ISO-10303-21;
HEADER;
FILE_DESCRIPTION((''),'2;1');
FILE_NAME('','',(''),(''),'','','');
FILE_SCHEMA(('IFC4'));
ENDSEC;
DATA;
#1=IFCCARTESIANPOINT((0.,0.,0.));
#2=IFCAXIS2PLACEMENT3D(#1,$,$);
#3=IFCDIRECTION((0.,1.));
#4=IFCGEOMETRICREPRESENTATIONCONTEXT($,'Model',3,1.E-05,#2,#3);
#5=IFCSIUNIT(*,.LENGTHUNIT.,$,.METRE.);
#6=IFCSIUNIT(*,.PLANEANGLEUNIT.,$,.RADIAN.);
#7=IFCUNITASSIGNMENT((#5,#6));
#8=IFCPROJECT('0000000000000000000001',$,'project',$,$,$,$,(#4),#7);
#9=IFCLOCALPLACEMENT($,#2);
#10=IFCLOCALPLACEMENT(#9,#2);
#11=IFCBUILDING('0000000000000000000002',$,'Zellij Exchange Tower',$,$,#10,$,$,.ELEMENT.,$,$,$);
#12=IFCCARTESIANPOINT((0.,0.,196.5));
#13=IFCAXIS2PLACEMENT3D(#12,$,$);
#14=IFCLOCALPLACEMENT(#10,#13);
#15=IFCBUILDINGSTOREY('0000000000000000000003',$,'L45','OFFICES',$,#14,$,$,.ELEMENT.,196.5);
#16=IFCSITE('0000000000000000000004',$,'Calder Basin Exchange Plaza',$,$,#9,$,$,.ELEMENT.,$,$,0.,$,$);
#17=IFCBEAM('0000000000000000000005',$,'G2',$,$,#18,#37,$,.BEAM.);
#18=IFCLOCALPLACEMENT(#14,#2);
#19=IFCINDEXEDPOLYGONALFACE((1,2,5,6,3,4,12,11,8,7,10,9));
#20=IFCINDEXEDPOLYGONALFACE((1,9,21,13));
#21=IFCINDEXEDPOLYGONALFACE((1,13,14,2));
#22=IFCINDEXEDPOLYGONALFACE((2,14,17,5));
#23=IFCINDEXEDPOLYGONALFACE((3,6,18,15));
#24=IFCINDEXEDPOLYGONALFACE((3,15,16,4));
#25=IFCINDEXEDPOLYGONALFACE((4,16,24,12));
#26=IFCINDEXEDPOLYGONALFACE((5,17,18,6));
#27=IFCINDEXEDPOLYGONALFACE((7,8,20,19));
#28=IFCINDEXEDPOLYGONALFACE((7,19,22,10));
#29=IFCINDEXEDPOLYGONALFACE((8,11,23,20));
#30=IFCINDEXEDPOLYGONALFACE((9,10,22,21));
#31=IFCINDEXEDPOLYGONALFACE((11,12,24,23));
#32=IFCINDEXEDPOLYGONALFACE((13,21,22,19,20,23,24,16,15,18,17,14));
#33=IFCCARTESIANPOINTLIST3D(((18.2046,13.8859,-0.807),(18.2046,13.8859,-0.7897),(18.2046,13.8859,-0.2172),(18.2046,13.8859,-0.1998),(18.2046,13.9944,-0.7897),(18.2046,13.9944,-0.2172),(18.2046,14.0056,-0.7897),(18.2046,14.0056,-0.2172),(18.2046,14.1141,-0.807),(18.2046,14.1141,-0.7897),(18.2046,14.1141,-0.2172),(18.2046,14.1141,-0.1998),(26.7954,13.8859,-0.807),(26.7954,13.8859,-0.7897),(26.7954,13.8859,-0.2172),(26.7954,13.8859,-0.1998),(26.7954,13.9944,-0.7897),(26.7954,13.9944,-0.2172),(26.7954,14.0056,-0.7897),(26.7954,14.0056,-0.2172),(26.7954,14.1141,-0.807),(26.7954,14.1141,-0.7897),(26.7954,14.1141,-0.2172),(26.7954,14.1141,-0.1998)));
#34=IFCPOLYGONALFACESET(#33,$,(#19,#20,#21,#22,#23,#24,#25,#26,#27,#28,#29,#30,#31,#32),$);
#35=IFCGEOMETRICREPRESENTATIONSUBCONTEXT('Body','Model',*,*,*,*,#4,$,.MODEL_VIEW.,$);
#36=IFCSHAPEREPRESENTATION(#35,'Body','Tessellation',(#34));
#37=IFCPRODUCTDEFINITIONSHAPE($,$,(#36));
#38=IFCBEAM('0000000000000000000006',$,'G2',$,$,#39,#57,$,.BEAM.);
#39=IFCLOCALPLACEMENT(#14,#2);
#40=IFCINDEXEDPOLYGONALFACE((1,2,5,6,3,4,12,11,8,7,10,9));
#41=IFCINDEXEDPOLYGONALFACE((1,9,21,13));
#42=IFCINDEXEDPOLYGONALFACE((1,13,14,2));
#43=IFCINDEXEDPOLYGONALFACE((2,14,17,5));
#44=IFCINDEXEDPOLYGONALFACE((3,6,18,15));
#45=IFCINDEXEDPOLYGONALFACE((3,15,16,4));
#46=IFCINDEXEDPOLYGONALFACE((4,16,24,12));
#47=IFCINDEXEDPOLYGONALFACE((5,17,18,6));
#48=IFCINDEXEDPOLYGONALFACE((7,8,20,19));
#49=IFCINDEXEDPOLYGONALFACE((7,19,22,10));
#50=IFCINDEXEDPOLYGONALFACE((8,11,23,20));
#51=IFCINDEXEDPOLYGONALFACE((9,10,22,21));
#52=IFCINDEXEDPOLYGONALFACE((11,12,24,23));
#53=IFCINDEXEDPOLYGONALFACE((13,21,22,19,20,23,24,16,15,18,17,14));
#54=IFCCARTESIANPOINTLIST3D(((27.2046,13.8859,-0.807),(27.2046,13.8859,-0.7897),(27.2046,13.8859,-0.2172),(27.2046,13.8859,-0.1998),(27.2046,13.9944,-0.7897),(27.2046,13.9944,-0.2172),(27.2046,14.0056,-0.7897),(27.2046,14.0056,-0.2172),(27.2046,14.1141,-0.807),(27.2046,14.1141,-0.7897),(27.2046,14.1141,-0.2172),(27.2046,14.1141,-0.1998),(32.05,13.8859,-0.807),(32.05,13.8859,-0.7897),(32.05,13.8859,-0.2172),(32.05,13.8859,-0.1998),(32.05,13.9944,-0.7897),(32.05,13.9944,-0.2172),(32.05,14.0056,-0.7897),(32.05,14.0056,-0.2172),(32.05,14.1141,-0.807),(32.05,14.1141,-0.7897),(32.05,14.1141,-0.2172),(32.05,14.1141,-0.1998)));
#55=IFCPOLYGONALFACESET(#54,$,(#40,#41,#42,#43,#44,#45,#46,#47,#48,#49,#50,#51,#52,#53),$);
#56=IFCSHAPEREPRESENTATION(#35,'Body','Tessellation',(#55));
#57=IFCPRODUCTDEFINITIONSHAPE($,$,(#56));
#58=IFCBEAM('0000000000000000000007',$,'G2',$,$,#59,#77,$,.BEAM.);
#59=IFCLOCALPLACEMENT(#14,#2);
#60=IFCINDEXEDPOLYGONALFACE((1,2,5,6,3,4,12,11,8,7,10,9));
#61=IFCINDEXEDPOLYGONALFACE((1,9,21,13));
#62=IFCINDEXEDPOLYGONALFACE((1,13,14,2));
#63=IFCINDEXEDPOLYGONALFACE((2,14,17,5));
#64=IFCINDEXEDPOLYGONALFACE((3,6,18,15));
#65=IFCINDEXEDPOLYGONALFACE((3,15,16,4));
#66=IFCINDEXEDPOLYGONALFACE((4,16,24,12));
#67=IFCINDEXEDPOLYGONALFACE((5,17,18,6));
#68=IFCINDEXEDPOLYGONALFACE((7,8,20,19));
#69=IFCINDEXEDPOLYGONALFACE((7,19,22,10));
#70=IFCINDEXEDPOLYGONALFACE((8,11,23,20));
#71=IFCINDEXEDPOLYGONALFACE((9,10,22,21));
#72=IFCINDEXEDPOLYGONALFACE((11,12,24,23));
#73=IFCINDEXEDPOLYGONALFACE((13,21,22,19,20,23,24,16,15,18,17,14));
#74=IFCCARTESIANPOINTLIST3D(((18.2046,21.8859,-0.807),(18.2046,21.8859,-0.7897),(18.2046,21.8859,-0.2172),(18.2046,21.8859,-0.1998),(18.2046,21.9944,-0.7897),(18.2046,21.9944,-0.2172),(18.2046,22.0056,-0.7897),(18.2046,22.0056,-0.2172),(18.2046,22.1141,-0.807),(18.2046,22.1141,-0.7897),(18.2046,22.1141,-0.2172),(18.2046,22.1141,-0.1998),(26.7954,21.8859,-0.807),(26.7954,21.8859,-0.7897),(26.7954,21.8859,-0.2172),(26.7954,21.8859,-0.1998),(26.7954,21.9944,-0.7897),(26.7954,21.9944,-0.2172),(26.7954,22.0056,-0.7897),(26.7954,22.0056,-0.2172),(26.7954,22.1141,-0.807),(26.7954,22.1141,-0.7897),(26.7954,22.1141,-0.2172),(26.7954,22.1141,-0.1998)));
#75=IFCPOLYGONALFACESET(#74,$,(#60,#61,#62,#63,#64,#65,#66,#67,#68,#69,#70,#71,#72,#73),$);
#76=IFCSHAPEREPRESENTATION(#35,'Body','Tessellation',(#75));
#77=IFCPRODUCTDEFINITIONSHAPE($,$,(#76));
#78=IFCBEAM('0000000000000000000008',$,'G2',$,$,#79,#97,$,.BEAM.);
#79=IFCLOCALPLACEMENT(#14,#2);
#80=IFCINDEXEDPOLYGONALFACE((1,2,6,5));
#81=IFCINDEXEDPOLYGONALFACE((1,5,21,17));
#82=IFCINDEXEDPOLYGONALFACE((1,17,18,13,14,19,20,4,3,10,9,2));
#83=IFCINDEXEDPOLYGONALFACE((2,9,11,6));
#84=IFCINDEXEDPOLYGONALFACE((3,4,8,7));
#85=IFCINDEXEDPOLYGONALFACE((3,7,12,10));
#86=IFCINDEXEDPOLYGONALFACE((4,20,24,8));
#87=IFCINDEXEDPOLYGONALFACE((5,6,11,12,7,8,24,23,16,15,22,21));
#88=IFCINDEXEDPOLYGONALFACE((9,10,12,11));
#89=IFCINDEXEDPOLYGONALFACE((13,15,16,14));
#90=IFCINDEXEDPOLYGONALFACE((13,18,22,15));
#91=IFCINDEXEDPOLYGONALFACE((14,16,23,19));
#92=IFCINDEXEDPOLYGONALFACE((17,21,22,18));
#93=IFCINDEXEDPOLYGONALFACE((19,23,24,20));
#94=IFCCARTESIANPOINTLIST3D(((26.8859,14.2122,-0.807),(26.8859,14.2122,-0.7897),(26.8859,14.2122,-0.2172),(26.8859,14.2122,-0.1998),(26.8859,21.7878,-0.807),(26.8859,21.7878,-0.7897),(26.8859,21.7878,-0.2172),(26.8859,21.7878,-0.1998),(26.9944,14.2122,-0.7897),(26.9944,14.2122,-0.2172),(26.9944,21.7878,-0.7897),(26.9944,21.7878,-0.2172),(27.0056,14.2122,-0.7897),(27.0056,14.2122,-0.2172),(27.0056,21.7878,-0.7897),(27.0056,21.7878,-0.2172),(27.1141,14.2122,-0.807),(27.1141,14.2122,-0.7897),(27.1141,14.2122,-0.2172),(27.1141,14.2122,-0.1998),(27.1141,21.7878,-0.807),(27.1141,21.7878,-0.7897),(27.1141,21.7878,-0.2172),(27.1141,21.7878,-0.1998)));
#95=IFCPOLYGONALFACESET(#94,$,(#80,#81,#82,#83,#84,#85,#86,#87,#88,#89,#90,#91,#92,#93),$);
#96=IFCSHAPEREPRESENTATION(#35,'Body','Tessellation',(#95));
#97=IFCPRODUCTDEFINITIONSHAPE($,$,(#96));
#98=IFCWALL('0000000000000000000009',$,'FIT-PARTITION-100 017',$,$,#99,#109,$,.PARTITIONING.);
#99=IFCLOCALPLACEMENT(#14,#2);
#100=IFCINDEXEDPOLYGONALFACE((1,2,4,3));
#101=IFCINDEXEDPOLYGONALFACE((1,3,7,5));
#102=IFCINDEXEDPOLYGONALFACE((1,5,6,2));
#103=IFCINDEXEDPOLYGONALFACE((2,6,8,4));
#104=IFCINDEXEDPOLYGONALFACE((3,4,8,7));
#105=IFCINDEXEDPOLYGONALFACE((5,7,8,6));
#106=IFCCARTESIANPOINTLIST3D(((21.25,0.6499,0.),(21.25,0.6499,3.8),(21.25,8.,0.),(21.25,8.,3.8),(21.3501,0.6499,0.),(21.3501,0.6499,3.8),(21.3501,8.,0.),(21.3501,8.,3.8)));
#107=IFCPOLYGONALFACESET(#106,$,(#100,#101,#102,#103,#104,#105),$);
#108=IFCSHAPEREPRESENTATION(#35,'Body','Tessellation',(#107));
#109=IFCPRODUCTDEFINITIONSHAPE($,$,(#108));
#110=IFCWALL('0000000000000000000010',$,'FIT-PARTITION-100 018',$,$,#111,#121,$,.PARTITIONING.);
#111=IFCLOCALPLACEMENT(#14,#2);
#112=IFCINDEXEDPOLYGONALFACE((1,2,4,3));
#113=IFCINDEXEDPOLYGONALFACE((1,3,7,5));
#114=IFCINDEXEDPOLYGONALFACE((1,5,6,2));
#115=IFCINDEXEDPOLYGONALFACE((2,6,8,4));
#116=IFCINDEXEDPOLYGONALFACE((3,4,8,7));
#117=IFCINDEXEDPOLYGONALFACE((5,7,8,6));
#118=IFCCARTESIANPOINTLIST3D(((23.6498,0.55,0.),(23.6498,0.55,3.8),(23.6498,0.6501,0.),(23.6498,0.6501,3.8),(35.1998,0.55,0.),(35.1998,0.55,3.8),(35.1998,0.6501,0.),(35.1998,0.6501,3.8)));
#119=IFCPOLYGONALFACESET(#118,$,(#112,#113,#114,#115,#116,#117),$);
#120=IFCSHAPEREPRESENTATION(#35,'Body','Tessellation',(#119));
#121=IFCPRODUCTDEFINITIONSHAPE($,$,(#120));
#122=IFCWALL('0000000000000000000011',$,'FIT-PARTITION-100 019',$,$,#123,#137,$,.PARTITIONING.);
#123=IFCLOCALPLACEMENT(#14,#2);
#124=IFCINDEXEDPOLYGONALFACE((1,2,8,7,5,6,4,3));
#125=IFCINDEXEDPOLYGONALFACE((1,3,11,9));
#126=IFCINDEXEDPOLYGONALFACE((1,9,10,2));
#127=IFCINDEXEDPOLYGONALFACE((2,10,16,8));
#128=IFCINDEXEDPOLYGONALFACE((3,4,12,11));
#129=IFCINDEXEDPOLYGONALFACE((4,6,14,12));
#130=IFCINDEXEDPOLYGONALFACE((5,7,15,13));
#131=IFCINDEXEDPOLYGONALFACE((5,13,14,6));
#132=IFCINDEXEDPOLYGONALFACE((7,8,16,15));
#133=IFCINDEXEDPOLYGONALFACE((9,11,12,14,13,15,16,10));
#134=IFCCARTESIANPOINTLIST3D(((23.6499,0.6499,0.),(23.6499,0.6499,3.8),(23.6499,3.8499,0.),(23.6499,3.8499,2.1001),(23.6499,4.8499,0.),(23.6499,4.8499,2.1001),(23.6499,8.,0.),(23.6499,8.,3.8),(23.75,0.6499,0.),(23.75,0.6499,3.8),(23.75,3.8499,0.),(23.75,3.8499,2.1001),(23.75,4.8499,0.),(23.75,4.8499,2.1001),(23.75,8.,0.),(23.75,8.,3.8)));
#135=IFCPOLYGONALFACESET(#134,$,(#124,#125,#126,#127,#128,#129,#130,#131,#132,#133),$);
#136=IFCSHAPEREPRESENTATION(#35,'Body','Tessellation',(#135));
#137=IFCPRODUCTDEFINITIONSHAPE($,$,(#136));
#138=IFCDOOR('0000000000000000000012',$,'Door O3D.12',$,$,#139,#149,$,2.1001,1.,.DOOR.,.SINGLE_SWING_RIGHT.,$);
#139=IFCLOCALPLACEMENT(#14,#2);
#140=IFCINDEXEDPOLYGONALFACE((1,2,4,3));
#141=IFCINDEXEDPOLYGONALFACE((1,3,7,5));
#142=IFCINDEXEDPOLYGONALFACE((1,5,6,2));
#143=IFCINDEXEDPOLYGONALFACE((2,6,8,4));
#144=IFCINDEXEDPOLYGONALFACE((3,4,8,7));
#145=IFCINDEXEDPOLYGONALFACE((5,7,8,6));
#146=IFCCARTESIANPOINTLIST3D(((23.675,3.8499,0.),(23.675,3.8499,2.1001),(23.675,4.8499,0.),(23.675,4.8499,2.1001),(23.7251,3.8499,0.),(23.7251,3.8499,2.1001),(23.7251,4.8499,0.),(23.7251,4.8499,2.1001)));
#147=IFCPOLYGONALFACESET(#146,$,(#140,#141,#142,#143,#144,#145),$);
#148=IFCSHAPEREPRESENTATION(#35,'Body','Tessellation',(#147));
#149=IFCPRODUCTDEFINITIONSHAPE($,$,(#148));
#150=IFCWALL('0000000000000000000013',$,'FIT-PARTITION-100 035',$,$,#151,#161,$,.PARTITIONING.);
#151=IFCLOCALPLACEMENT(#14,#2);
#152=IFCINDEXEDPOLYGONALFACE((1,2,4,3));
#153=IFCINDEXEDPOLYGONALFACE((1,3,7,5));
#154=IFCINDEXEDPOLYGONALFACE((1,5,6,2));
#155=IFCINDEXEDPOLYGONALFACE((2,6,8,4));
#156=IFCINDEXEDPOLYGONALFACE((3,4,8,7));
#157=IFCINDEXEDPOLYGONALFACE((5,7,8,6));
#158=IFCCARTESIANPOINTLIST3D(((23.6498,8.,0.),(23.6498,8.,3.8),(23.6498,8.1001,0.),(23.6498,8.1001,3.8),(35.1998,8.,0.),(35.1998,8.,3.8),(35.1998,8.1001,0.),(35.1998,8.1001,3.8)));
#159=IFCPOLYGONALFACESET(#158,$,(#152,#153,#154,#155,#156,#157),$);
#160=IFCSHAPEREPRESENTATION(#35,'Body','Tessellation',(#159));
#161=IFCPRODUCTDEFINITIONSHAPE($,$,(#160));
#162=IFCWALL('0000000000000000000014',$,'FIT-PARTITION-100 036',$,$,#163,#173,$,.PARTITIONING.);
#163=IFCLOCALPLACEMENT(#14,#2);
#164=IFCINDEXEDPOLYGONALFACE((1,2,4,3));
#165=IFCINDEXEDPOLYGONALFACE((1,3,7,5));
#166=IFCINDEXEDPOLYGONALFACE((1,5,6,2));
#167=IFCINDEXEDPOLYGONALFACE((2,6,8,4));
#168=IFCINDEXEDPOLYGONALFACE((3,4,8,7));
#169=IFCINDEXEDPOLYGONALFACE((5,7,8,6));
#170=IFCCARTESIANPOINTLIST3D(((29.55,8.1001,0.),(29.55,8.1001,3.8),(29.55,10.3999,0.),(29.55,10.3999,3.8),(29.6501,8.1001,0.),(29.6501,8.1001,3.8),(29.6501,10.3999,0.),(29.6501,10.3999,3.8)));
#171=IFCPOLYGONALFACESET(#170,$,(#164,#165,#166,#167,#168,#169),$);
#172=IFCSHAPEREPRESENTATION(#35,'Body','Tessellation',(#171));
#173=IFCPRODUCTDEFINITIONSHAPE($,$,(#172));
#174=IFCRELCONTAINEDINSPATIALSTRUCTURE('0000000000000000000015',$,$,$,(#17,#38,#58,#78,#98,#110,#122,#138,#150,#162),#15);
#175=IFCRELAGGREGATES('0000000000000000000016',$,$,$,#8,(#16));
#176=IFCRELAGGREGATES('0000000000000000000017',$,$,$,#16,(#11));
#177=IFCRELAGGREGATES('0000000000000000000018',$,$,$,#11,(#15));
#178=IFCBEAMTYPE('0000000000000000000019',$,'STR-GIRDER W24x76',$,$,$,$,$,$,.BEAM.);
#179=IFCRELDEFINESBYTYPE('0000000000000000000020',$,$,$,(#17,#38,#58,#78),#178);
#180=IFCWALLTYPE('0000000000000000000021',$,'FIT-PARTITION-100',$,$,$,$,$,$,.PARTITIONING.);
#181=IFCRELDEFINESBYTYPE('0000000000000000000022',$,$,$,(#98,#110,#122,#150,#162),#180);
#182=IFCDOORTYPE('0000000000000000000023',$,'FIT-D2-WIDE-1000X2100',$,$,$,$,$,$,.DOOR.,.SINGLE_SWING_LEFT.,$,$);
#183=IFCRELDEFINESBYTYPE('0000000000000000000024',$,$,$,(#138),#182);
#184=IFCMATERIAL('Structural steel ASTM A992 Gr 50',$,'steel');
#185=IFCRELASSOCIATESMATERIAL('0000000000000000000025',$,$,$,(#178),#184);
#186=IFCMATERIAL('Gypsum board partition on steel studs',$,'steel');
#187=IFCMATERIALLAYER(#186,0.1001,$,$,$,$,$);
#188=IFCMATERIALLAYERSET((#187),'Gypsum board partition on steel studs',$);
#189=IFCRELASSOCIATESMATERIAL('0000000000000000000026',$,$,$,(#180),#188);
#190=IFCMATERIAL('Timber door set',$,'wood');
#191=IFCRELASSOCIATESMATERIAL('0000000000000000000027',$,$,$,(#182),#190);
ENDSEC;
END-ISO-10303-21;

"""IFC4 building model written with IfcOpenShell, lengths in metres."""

from ifc_helpers import new_model, si_unit, direction, frame, frame_2d, origin, origin_2d, place, context, subcontext, project, spatial, rectangle, i_section, extrude, material, layer, layer_set, material_profile, profile_set, type_object, element, fill, save


model = new_model("IFC4")

# Units and contexts
model_context = context("Model", 3, precision=1e-05, world=origin(), true_north=direction((0.0, 1.0)))
body_context = subcontext(model_context, "Body", "Model", "MODEL_VIEW")
ifc_project = project(units=[si_unit("LENGTHUNIT", "METRE"), si_unit("PLANEANGLEUNIT", "RADIAN")], contexts=[model_context])

# Site, building, storey
site_placement = place(None, origin())
site = spatial("IfcSite", under=ifc_project, at=site_placement, Name="Calder Basin Exchange Plaza", CompositionType="ELEMENT", RefElevation=0.0)
building_placement = place(site_placement, origin())
building = spatial("IfcBuilding", under=site, at=building_placement, Name="Zellij Exchange Tower", CompositionType="ELEMENT")
storey_placement = place(building_placement, frame((0.0, 0.0, 196.5)))
storey = spatial("IfcBuildingStorey", under=building, at=storey_placement, Name="L45", Description="OFFICES", CompositionType="ELEMENT", Elevation=196.5)

# Beams
ifc_material_1 = material(Name="Structural steel ASTM A992 Gr 50", Category="steel")
ifc_material_profile_1 = material_profile(ifc_material_1, i_section(OverallWidth=0.2283, OverallDepth=0.6072, WebThickness=0.0112, FlangeThickness=0.0173, at=origin_2d()), Name="W24x76")
ifc_profile_set_1 = profile_set([ifc_material_profile_1], Name="Structural steel ASTM A992 Gr 50")
beam_type_1 = type_object("IfcBeamType", Name="STR-GIRDER W24x76", PredefinedType="BEAM", material=ifc_profile_set_1)
beam_1_placement = place(storey_placement, frame((18.2046, 14.0, -0.5034), z_axis=(1.0, 0.0, 0.0), x_axis=(0.0, 1.0, 0.0)))
element("IfcBeam", 1, at=beam_1_placement, inside=storey, type_object=beam_type_1, Name="G2", PredefinedType="BEAM", context=body_context, shape_type="SweptSolid", body=[
    extrude(i_section(OverallWidth=0.2283, OverallDepth=0.6072, WebThickness=0.0112, FlangeThickness=0.0173, at=origin_2d()), origin(), (0.0, 0.0, 1.0), 8.5908),
])
beam_2_placement = place(storey_placement, frame((27.2046, 14.0, -0.5034), z_axis=(1.0, 0.0, 0.0), x_axis=(0.0, 1.0, 0.0)))
element("IfcBeam", 2, at=beam_2_placement, inside=storey, type_object=beam_type_1, Name="G2", PredefinedType="BEAM", context=body_context, shape_type="SweptSolid", body=[
    extrude(i_section(OverallWidth=0.2283, OverallDepth=0.6072, WebThickness=0.0112, FlangeThickness=0.0173, at=origin_2d()), origin(), (0.0, 0.0, 1.0), 4.8455),
])
beam_3_placement = place(storey_placement, frame((18.2046, 22.0, -0.5034), z_axis=(1.0, 0.0, 0.0), x_axis=(0.0, 1.0, 0.0)))
element("IfcBeam", 3, at=beam_3_placement, inside=storey, type_object=beam_type_1, Name="G2", PredefinedType="BEAM", context=body_context, shape_type="SweptSolid", body=[
    extrude(i_section(OverallWidth=0.2283, OverallDepth=0.6072, WebThickness=0.0112, FlangeThickness=0.0173, at=origin_2d()), origin(), (0.0, 0.0, 1.0), 8.5908),
])
beam_4_placement = place(storey_placement, frame((27.0, 14.2122, -0.5034), z_axis=(0.0, 1.0, 0.0), x_axis=(-1.0, 0.0, 0.0)))
element("IfcBeam", 4, at=beam_4_placement, inside=storey, type_object=beam_type_1, Name="G2", PredefinedType="BEAM", context=body_context, shape_type="SweptSolid", body=[
    extrude(i_section(OverallWidth=0.2283, OverallDepth=0.6072, WebThickness=0.0112, FlangeThickness=0.0173, at=origin_2d()), origin(), (0.0, 0.0, 1.0), 7.5757),
])

# Walls
ifc_material_2 = material(Name="Gypsum board partition on steel studs", Category="steel")
ifc_layer_1 = layer(ifc_material_2, 0.1001)
ifc_layer_set_1 = layer_set([ifc_layer_1], Name="Gypsum board partition on steel studs")
wall_type = type_object("IfcWallType", Name="FIT-PARTITION-100", PredefinedType="PARTITIONING", material=ifc_layer_set_1)
wall_1_placement = place(storey_placement, frame((21.3, 0.6499, 0.0), z_axis=(0.0, 0.0, 1.0), x_axis=(0.0, 1.0, 0.0)))
element("IfcWall", 5, at=wall_1_placement, inside=storey, type_object=wall_type, Name="FIT-PARTITION-100 017", PredefinedType="PARTITIONING", context=body_context, shape_type="SweptSolid", body=[
    extrude(rectangle(XDim=7.3501, YDim=0.1001, at=frame_2d((3.675, 0.0))), origin(), (0.0, 0.0, 1.0), 3.8),
])
wall_2_placement = place(storey_placement, frame((23.6499, 0.6001, 0.0), z_axis=(0.0, 0.0, 1.0), x_axis=(1.0, 0.0, 0.0)))
element("IfcWall", 6, at=wall_2_placement, inside=storey, type_object=wall_type, Name="FIT-PARTITION-100 018", PredefinedType="PARTITIONING", context=body_context, shape_type="SweptSolid", body=[
    extrude(rectangle(XDim=11.55, YDim=0.1001, at=frame_2d((5.7749, 0.0))), origin(), (0.0, 0.0, 1.0), 3.8),
])

# Wall, opening, door
wall_3_placement = place(storey_placement, frame((23.7, 0.6499, 0.0), z_axis=(0.0, 0.0, 1.0), x_axis=(0.0, 1.0, 0.0)))
wall_3 = element("IfcWall", 7, at=wall_3_placement, inside=storey, type_object=wall_type, Name="FIT-PARTITION-100 019", PredefinedType="PARTITIONING", context=body_context, shape_type="SweptSolid", body=[
    extrude(rectangle(XDim=7.3501, YDim=0.1001, at=frame_2d((3.675, 0.0))), origin(), (0.0, 0.0, 1.0), 3.8),
])
opening_placement = place(wall_3_placement, frame((3.2, 0.0, 0.0)))
opening = element("IfcOpeningElement", 8, at=opening_placement, cuts=wall_3, PredefinedType="OPENING", context=body_context, shape_type="SweptSolid", body=[
    extrude(rectangle(XDim=1.0, YDim=2.1001, at=frame_2d((0.5, 1.05))), frame((0.0, 0.062, 0.0), z_axis=(0.0, -1.0, 0.0), x_axis=(1.0, 0.0, 0.0)), (0.0, 0.0, 1.0), 0.124),
])
ifc_material_3 = material(Name="Timber door set", Category="wood")
door_type = type_object("IfcDoorType", Name="FIT-D2-WIDE-1000X2100", OperationType="SINGLE_SWING_LEFT", PredefinedType="DOOR", material=ifc_material_3)
door_placement = place(opening_placement, origin())
door = element("IfcDoor", 9, at=door_placement, inside=storey, type_object=door_type, Name="Door O3D.12", OperationType="SINGLE_SWING_RIGHT", OverallHeight=2.1001, OverallWidth=1.0, PredefinedType="DOOR", context=body_context, shape_type="SweptSolid", body=[
    extrude(rectangle(XDim=1.0, YDim=2.1001, at=frame_2d((0.5, 1.05))), frame((0.0, 0.0249, 0.0), z_axis=(0.0, -1.0, 0.0), x_axis=(1.0, 0.0, 0.0)), (0.0, 0.0, 1.0), 0.05),
])
fill(opening, door)

# Walls
wall_4_placement = place(storey_placement, frame((23.6499, 8.05, 0.0), z_axis=(0.0, 0.0, 1.0), x_axis=(1.0, 0.0, 0.0)))
element("IfcWall", 10, at=wall_4_placement, inside=storey, type_object=wall_type, Name="FIT-PARTITION-100 035", PredefinedType="PARTITIONING", context=body_context, shape_type="SweptSolid", body=[
    extrude(rectangle(XDim=11.55, YDim=0.1001, at=frame_2d((5.7749, 0.0))), origin(), (0.0, 0.0, 1.0), 3.8),
])
wall_5_placement = place(storey_placement, frame((29.6001, 8.1001, 0.0), z_axis=(0.0, 0.0, 1.0), x_axis=(0.0, 1.0, 0.0)))
element("IfcWall", 11, at=wall_5_placement, inside=storey, type_object=wall_type, Name="FIT-PARTITION-100 036", PredefinedType="PARTITIONING", context=body_context, shape_type="SweptSolid", body=[
    extrude(rectangle(XDim=2.2998, YDim=0.1001, at=frame_2d((1.1499, 0.0))), origin(), (0.0, 0.0, 1.0), 3.8),
])

save(model, "model.ifc")
